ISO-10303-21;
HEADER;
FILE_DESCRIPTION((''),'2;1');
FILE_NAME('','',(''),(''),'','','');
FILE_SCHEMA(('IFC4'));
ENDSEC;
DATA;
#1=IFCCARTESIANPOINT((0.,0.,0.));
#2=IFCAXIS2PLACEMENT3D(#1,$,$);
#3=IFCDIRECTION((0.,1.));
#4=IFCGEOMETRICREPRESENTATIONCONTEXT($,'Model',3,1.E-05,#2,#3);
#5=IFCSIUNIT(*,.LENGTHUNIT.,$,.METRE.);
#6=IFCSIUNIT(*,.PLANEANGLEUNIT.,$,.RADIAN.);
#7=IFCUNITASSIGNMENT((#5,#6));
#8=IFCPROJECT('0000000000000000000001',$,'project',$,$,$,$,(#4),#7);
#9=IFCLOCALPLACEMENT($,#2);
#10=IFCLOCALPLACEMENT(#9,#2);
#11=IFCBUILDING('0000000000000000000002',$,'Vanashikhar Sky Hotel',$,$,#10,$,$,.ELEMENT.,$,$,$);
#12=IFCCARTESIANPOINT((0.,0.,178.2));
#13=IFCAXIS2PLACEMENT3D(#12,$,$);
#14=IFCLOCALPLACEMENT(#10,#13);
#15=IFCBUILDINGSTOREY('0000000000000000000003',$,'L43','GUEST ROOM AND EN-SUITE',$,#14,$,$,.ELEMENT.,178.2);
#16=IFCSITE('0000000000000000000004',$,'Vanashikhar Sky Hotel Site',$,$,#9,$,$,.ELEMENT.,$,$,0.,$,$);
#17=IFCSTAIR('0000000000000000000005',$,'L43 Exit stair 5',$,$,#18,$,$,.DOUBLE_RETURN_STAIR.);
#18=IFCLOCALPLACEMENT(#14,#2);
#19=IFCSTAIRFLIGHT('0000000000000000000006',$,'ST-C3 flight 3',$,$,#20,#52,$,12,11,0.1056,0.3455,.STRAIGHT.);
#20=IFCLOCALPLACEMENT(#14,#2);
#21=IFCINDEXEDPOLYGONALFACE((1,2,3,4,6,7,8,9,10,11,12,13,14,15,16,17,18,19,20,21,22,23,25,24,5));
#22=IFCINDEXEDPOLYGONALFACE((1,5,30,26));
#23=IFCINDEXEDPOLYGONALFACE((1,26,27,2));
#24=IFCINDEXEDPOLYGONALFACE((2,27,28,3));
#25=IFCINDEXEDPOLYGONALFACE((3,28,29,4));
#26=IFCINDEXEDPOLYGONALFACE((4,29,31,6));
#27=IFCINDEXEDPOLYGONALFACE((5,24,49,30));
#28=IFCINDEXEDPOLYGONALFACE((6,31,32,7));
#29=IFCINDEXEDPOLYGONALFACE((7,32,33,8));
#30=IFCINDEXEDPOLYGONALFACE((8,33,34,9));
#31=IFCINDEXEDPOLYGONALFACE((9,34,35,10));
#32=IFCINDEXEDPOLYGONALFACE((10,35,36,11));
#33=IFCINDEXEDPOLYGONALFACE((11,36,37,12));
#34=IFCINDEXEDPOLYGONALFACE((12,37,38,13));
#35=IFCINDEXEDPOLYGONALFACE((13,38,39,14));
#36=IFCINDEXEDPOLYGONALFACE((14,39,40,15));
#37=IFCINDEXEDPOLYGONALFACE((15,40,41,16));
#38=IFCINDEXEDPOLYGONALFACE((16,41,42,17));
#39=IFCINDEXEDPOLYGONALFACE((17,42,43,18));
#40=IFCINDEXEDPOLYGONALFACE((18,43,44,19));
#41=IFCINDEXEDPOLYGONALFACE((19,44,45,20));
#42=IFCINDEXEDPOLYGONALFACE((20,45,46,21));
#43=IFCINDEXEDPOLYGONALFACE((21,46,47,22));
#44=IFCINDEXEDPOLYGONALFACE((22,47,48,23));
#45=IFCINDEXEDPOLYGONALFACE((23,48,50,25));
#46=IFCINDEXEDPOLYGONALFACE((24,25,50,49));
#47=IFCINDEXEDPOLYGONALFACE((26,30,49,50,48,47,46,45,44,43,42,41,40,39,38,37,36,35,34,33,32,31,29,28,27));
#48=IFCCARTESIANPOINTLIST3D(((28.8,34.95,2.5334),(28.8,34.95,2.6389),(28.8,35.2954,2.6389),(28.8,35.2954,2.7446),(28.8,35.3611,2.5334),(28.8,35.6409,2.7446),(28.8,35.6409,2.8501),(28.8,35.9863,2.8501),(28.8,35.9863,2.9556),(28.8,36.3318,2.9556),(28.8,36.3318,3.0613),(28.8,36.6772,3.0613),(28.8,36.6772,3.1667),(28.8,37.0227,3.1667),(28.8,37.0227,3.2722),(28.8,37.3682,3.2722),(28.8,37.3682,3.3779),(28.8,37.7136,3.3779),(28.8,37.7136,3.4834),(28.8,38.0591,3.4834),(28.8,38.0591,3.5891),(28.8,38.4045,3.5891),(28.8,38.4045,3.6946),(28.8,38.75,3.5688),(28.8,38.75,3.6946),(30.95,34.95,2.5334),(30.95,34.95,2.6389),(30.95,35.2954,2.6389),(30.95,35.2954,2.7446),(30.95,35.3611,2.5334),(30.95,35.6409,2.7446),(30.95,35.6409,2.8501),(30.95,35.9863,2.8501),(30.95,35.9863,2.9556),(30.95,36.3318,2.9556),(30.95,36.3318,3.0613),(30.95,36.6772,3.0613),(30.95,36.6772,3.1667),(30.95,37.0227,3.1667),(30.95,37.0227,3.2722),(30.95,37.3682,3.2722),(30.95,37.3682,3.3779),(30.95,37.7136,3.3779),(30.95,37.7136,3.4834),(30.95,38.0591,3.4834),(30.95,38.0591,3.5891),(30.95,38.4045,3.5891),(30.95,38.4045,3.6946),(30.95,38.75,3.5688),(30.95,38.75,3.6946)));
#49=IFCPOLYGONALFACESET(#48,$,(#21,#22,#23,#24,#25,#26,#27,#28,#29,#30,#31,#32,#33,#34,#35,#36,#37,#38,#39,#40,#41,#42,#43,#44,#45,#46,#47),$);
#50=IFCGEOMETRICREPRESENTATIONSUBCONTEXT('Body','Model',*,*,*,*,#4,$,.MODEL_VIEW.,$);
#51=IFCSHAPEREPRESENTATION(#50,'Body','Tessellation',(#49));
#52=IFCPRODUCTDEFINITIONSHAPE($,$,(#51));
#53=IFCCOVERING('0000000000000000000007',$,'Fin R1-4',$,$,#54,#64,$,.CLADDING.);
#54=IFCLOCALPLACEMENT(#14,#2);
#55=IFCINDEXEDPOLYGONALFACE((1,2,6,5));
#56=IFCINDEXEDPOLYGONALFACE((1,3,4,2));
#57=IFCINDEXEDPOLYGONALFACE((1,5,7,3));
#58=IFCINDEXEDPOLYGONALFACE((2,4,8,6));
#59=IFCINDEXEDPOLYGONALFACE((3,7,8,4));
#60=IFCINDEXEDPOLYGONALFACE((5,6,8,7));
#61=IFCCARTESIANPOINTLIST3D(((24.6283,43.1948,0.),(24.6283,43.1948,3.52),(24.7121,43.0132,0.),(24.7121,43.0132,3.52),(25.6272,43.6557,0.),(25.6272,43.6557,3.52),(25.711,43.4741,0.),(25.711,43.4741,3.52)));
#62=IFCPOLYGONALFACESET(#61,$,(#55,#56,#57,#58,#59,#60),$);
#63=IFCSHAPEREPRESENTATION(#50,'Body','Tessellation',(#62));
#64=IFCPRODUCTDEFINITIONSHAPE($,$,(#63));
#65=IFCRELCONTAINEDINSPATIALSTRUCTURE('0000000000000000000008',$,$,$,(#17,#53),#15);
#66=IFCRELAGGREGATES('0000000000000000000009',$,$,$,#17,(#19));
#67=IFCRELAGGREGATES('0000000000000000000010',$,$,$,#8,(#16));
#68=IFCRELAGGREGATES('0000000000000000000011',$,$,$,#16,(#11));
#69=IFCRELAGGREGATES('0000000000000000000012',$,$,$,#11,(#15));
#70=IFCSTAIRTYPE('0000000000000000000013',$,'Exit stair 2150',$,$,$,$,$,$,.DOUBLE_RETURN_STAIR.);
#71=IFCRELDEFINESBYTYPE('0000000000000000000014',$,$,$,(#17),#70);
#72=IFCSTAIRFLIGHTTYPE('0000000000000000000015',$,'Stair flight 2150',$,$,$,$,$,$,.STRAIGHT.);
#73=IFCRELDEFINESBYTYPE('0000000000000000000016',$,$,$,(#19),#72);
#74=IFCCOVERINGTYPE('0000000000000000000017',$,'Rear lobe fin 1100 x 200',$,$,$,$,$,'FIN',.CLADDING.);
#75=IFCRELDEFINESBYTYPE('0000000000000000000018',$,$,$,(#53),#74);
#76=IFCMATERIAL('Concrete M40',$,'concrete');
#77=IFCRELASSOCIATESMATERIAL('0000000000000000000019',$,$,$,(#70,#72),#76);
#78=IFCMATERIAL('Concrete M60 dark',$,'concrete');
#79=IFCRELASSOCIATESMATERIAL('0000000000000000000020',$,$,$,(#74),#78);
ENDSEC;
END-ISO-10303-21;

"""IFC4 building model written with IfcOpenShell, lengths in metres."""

from ifc_helpers import new_model, si_unit, direction, frame, origin, origin_2d, place, context, subcontext, project, spatial, polyline, rectangle, outline, extrude, source, transform, mapped, material, material_profile, profile_set, type_object, element, aggregate, save


model = new_model("IFC4")

# Units and contexts
model_context = context("Model", 3, precision=1e-05, world=origin(), true_north=direction((0.0, 1.0)))
body_context = subcontext(model_context, "Body", "Model", "MODEL_VIEW")
ifc_project = project(units=[si_unit("LENGTHUNIT", "METRE"), si_unit("PLANEANGLEUNIT", "RADIAN")], contexts=[model_context])

# Site, building, storey
site_placement = place(None, origin())
site = spatial("IfcSite", under=ifc_project, at=site_placement, Name="Vanashikhar Sky Hotel Site", CompositionType="ELEMENT", RefElevation=0.0)
building_placement = place(site_placement, origin())
building = spatial("IfcBuilding", under=site, at=building_placement, Name="Vanashikhar Sky Hotel", CompositionType="ELEMENT")
storey_placement = place(building_placement, frame((0.0, 0.0, 178.2)))
storey = spatial("IfcBuildingStorey", under=building, at=storey_placement, Name="L43", Description="GUEST ROOM AND EN-SUITE", CompositionType="ELEMENT", Elevation=178.2)

# Stair, stair flight
ifc_material_1 = material(Name="Concrete M40", Category="concrete")
stair_type = type_object("IfcStairType", Name="Exit stair 2150", PredefinedType="DOUBLE_RETURN_STAIR", material=ifc_material_1)
stair_flight_type = type_object("IfcStairFlightType", Name="Stair flight 2150", PredefinedType="STRAIGHT", material=ifc_material_1)
shared_shape_1 = source(origin(), body_context, "Body", "SweptSolid", [
    extrude(outline(polyline([(0.0, 0.0), (0.0, 0.1055), (0.3455, 0.1055), (0.3455, 0.2112), (0.6909, 0.2112), (0.6909, 0.3167), (1.0364, 0.3167), (1.0364, 0.4221), (1.3818, 0.4221), (1.3818, 0.5278), (1.7273, 0.5278), (1.7273, 0.6333), (2.0728, 0.6333), (2.0728, 0.7388), (2.4182, 0.7388), (2.4182, 0.8445), (2.7637, 0.8445), (2.7637, 0.95), (3.1091, 0.95), (3.1091, 1.0557), (3.4546, 1.0557), (3.4546, 1.1611), (3.8, 1.1611), (3.8, 1.2666), (3.8, 1.0354), (0.4111, 0.0), (0.0, 0.0)])), frame((0.0, 1.075, 0.0), z_axis=(0.0, -1.0, 0.0), x_axis=(1.0, 0.0, 0.0)), (0.0, 0.0, 1.0), 2.1499),
])
stair_1_placement = place(storey_placement, origin())
stair_1 = element("IfcStair", 1, at=stair_1_placement, inside=storey, type_object=stair_type, Name="L43 Exit stair 5", PredefinedType="DOUBLE_RETURN_STAIR")
stair_flight_1_placement = place(storey_placement, frame((29.875, 34.95, 2.5334), z_axis=(0.0, 0.0, 1.0), x_axis=(0.0, 1.0, 0.0)))
stair_flight_1 = element("IfcStairFlight", 2, at=stair_flight_1_placement, type_object=stair_flight_type, Name="ST-C3 flight 3", NumberOfRisers=12, NumberOfTreads=11, PredefinedType="STRAIGHT", RiserHeight=0.1056, TreadLength=0.3455, context=body_context, shape_type="MappedRepresentation", body=[
    mapped(shared_shape_1, transform((0.0, 0.0, 0.0), scale=1.0)),
])
aggregate(stair_1, [stair_flight_1])

# Covering
ifc_material_2 = material(Name="Concrete M60 dark", Category="concrete")
ifc_material_profile = material_profile(ifc_material_2, rectangle(XDim=1.1001, YDim=0.2, at=origin_2d()))
ifc_profile_set = profile_set([ifc_material_profile], Name="Rear lobe fin 1100 x 200")
covering_type = type_object("IfcCoveringType", Name="Rear lobe fin 1100 x 200", ElementType="FIN", PredefinedType="CLADDING", material=ifc_profile_set)
shared_shape_2 = source(origin(), body_context, "Body", "SweptSolid", [
    extrude(rectangle(XDim=1.1001, YDim=0.2, at=origin_2d()), origin(), (0.0, 0.0, 1.0), 3.52),
])
covering_placement = place(storey_placement, frame((25.1697, 43.3345, 0.0), z_axis=(0.0, 0.0, 1.0), x_axis=(0.908004, 0.418961, 0.0)))
element("IfcCovering", 3, at=covering_placement, inside=storey, type_object=covering_type, Name="Fin R1-4", PredefinedType="CLADDING", context=body_context, shape_type="MappedRepresentation", body=[
    mapped(shared_shape_2, transform((0.0, 0.0, 0.0), scale=1.0)),
])

save(model, "model.ifc")
